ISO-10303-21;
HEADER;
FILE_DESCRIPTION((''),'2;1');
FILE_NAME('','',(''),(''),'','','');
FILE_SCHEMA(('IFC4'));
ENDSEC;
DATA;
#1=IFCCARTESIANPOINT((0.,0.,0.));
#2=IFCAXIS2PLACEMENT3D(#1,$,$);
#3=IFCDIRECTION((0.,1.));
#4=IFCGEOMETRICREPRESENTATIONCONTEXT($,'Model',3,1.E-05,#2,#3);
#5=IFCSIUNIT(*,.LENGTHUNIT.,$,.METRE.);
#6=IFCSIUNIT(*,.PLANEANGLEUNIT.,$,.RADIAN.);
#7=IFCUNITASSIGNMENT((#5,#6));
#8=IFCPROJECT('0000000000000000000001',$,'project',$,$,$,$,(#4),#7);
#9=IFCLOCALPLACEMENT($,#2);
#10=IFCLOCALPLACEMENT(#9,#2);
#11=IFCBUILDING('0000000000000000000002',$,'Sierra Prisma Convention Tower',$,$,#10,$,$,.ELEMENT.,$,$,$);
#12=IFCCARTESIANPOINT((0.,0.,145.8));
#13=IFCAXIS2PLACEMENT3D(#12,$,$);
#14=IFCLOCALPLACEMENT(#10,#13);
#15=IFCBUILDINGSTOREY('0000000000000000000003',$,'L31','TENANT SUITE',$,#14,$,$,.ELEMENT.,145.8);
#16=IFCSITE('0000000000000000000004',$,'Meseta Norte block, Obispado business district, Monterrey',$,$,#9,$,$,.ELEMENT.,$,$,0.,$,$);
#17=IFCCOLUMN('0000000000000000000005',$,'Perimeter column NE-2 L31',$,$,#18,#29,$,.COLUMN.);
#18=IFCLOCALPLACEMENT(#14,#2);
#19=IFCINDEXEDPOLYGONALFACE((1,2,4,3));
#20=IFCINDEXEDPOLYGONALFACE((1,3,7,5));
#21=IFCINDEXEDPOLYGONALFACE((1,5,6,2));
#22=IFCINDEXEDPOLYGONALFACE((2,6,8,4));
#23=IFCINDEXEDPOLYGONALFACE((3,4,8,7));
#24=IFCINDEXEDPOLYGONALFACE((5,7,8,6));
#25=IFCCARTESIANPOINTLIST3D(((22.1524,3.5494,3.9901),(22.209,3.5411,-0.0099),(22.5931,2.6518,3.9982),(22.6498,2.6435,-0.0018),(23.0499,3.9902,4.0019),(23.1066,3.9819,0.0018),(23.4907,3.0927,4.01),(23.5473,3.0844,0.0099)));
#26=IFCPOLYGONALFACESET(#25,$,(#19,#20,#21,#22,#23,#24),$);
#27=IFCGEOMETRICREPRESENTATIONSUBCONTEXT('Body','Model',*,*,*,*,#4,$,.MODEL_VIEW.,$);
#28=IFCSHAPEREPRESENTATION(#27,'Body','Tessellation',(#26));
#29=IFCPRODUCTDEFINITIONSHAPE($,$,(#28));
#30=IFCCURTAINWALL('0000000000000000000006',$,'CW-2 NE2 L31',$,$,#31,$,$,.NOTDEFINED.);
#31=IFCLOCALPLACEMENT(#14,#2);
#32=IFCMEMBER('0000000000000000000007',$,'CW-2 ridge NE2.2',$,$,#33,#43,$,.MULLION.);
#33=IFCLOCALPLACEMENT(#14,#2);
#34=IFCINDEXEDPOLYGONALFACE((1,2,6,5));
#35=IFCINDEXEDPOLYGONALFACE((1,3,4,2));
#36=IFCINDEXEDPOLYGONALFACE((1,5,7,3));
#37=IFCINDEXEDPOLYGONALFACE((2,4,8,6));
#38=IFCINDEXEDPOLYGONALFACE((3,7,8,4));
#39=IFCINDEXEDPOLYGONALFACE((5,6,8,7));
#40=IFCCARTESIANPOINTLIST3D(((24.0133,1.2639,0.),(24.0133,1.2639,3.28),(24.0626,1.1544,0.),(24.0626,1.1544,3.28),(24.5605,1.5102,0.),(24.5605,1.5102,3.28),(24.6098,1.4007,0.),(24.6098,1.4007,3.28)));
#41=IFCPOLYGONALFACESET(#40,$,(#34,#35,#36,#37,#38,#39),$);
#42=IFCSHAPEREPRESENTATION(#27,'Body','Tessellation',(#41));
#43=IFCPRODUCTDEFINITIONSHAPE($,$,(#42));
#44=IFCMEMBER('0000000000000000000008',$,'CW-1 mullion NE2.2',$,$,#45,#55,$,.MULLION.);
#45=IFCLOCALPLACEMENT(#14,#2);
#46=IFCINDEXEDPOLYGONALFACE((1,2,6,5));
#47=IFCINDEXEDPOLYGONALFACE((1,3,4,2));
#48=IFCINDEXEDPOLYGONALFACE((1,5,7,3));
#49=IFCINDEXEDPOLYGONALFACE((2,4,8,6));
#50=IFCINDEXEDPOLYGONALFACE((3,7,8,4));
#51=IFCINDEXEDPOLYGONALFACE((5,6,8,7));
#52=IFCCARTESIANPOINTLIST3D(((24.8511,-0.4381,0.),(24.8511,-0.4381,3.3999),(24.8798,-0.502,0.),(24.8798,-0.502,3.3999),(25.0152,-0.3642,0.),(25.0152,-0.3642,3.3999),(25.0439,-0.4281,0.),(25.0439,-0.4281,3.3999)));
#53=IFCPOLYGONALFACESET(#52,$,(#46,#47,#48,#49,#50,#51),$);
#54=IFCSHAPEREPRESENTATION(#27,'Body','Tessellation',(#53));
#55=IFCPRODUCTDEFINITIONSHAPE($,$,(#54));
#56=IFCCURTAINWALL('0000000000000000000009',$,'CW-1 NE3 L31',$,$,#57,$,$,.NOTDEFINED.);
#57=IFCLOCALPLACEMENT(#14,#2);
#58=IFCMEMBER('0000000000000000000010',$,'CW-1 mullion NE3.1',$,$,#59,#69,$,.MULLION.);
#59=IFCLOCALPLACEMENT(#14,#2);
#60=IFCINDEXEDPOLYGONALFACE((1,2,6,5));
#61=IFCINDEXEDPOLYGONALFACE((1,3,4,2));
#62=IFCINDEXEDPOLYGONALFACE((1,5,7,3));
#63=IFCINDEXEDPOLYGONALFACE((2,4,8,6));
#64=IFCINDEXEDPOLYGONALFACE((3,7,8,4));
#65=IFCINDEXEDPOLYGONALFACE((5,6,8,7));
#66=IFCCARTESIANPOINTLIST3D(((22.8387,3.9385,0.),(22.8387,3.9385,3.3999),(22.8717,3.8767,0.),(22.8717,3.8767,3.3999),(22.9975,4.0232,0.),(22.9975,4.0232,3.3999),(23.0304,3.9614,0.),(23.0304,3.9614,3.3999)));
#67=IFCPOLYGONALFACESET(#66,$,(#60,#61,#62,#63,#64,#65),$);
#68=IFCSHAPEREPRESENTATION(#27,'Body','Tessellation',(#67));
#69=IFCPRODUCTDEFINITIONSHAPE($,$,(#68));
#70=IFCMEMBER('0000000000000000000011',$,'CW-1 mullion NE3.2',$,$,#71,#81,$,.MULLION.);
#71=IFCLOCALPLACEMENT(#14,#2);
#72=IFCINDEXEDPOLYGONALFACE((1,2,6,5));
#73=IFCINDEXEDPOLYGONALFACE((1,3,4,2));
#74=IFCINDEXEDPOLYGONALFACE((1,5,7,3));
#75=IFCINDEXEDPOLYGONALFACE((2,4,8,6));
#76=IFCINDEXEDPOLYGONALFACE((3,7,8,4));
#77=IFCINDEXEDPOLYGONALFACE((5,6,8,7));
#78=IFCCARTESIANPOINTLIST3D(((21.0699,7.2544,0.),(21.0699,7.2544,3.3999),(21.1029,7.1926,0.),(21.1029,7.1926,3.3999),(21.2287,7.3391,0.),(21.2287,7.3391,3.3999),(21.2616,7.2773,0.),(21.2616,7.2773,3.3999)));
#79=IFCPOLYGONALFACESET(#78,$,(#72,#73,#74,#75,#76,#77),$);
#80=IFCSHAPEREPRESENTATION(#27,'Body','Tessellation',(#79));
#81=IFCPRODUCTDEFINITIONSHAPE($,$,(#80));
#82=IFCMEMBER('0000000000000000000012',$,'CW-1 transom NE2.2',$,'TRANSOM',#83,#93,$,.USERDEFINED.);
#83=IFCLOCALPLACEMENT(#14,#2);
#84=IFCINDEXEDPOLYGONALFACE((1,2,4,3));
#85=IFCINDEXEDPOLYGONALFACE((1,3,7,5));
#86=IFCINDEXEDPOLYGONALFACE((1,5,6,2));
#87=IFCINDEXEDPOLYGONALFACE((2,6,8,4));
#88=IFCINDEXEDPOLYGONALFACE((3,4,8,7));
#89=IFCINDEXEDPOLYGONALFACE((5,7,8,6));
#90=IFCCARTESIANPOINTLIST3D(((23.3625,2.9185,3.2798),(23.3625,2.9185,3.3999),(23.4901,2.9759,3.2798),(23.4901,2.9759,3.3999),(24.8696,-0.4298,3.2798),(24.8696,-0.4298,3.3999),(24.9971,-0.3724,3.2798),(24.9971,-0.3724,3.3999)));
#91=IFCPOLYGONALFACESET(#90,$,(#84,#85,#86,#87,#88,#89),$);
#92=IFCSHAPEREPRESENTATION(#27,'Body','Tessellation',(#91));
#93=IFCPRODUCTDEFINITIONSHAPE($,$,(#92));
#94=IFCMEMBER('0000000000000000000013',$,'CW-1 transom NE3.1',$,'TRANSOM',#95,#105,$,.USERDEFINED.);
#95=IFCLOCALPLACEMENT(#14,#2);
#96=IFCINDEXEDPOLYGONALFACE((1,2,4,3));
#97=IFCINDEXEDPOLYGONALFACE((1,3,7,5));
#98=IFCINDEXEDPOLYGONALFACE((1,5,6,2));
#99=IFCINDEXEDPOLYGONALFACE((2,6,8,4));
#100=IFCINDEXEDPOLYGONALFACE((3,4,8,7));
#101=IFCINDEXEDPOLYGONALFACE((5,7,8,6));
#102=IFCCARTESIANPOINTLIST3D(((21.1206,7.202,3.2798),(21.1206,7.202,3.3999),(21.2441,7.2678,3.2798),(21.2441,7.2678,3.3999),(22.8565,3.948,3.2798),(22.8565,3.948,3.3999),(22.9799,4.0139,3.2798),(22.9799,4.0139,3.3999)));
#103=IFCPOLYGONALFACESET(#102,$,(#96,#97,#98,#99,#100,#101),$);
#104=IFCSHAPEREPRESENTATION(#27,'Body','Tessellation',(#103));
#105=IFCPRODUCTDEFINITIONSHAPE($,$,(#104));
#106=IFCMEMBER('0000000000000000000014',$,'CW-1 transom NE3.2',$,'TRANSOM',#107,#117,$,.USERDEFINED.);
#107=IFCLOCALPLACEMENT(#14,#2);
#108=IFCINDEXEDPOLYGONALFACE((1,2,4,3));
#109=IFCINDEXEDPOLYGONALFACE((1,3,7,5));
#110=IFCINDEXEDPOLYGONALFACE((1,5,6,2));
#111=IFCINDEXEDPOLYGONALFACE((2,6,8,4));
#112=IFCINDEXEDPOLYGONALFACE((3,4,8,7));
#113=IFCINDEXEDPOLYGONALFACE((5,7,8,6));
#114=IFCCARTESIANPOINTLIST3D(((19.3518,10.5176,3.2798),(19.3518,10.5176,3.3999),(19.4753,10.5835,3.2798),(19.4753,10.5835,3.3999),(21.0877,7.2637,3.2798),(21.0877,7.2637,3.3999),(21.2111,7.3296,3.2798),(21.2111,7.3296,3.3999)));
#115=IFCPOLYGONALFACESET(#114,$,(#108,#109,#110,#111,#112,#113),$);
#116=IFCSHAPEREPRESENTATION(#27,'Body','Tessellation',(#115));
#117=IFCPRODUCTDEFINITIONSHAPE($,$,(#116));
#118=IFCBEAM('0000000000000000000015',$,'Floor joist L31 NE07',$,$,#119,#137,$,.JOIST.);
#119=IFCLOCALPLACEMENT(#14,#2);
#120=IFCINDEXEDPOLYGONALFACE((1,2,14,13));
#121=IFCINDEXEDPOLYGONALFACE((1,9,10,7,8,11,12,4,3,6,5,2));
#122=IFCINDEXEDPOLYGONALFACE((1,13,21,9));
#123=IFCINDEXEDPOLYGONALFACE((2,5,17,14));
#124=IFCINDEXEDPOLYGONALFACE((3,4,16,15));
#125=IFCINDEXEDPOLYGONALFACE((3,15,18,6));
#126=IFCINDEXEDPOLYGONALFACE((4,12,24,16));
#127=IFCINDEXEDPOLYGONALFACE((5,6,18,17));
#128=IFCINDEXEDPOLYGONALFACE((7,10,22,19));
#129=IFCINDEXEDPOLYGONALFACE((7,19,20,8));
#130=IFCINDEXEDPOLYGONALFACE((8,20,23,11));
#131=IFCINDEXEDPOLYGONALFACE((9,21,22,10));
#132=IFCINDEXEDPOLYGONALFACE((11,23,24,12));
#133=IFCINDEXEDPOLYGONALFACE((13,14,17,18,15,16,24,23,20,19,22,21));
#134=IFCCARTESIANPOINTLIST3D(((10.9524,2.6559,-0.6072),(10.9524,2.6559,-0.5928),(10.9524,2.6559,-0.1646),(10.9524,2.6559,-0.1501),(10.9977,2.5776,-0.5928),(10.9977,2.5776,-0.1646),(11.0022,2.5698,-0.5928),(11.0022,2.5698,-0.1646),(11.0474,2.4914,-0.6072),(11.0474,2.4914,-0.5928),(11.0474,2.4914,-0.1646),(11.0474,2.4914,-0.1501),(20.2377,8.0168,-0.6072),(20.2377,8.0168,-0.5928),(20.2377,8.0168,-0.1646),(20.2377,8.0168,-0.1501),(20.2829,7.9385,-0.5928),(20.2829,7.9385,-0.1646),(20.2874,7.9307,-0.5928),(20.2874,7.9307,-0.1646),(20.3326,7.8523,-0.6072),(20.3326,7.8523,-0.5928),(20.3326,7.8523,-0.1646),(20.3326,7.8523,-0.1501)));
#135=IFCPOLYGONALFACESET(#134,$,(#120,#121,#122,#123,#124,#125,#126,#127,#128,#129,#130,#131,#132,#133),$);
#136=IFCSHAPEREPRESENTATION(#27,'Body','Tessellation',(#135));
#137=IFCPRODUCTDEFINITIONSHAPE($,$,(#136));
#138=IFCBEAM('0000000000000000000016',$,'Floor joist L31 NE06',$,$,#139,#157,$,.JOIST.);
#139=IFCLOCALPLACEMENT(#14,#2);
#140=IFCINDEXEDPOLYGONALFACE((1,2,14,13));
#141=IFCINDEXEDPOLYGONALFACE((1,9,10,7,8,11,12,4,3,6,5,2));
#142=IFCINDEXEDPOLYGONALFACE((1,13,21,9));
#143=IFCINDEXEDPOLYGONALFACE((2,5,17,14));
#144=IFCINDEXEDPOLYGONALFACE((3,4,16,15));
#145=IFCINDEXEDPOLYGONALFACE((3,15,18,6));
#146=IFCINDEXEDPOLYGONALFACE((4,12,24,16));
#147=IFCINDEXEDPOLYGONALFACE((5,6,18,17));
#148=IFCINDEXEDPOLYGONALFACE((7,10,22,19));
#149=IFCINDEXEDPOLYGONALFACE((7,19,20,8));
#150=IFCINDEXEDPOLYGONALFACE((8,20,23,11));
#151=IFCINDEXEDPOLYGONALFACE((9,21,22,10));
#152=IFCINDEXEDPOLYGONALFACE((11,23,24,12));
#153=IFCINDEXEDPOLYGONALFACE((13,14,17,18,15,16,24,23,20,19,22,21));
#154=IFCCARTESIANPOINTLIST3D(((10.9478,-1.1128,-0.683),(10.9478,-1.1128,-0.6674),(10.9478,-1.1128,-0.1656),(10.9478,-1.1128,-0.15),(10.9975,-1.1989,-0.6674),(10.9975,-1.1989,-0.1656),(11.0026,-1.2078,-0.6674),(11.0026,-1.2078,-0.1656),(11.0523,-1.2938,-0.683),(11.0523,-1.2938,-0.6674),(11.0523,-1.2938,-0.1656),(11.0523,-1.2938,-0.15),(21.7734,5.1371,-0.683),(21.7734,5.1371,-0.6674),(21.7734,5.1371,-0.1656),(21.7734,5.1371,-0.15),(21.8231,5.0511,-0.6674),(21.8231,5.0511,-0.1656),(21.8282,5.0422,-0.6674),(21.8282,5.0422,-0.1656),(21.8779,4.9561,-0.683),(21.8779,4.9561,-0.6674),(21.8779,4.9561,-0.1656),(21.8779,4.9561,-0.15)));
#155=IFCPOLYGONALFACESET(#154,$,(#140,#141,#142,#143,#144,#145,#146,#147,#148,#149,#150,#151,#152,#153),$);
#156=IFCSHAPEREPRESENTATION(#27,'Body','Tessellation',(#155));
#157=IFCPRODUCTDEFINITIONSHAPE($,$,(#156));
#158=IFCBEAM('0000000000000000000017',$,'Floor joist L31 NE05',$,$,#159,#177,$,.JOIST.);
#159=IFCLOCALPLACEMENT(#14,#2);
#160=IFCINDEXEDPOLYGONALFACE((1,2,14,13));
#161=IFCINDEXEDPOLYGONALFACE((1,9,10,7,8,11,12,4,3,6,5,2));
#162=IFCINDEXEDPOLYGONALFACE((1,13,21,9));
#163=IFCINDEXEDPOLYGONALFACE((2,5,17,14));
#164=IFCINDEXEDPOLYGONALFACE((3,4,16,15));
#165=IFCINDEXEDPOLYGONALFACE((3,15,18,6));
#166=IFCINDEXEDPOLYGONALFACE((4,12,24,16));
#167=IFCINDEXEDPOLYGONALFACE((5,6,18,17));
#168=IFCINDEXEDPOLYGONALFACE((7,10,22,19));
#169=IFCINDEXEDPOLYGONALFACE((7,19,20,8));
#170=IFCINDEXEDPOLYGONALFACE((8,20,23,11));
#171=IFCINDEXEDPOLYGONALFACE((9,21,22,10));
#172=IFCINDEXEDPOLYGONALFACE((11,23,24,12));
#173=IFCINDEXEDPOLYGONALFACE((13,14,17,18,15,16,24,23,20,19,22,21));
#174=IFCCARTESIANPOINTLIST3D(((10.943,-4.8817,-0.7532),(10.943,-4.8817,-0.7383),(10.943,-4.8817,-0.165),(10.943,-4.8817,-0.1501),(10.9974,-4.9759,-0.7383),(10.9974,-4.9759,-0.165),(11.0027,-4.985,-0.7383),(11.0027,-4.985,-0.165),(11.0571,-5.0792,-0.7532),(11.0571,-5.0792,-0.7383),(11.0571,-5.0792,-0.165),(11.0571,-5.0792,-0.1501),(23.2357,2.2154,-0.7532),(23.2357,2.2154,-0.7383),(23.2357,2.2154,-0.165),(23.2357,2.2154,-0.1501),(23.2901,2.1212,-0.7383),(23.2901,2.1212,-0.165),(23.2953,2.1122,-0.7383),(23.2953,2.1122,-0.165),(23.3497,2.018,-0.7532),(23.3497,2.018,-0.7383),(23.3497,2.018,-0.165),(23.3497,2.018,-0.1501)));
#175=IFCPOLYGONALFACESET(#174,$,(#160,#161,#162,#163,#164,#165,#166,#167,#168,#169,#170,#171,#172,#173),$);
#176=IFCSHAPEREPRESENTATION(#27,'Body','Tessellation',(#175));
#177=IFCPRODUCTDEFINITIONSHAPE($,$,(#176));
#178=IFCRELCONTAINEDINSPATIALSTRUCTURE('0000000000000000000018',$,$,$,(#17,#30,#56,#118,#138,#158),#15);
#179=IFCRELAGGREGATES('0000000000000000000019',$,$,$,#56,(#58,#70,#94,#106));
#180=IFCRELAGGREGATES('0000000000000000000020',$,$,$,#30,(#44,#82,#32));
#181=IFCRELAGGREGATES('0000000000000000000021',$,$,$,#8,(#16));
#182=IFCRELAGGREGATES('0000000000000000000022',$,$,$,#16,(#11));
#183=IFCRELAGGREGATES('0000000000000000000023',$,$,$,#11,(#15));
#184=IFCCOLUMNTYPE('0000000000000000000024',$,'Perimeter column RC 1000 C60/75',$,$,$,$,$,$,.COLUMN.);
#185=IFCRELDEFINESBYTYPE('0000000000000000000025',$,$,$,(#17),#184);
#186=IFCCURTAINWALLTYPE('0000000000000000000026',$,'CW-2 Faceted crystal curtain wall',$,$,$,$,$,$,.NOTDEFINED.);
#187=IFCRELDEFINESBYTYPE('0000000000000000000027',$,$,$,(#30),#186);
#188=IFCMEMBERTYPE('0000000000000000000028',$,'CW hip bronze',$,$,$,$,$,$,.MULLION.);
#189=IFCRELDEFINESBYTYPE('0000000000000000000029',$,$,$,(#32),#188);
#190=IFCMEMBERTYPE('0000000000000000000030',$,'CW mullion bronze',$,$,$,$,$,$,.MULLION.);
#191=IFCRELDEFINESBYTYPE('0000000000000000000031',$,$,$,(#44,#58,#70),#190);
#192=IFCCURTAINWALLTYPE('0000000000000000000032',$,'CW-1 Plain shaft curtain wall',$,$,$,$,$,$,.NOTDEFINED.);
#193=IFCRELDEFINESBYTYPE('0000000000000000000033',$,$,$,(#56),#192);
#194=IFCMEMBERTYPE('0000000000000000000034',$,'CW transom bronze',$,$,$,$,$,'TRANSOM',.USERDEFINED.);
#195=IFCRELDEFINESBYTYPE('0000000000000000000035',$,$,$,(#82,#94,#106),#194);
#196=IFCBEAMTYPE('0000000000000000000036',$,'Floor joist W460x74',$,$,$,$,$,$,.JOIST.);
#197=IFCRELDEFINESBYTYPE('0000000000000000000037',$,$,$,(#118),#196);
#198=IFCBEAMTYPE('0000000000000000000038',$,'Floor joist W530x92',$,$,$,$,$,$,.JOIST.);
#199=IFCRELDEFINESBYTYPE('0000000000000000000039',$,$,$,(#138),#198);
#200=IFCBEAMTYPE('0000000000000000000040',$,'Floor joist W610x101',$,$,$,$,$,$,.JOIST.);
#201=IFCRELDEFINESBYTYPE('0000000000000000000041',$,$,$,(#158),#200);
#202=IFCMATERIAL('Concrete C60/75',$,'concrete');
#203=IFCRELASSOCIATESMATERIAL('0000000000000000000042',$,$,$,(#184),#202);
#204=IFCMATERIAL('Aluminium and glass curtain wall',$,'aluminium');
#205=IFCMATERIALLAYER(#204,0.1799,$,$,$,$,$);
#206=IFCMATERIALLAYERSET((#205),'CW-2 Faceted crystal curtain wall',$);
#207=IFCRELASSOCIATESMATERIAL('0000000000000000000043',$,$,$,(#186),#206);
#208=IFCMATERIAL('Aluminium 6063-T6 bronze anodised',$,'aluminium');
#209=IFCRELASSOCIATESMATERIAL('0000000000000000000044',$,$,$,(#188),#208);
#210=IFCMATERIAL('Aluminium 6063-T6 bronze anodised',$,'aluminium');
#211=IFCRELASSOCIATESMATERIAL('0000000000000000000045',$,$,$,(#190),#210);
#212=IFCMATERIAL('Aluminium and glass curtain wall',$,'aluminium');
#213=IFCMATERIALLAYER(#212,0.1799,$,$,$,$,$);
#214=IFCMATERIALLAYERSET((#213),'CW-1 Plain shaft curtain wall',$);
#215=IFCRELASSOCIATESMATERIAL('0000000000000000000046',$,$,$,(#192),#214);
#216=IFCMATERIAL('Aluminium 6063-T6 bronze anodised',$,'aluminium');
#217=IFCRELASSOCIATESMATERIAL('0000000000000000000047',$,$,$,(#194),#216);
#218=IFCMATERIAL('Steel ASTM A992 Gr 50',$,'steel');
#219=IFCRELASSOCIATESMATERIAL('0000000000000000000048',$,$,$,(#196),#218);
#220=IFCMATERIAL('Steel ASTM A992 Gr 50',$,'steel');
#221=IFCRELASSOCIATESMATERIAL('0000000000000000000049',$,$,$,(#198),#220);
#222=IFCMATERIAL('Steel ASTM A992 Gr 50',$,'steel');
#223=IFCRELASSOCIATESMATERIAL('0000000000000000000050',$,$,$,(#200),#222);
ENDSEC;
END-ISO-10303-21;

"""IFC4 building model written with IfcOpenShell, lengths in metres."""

from ifc_helpers import new_model, si_unit, direction, frame, origin, origin_2d, place, context, subcontext, project, spatial, rectangle, i_section, extrude, material, layer, layer_set, material_profile, profile_set, type_object, element, aggregate, save


model = new_model("IFC4")

# Units and contexts
model_context = context("Model", 3, precision=1e-05, world=origin(), true_north=direction((0.0, 1.0)))
body_context = subcontext(model_context, "Body", "Model", "MODEL_VIEW")
ifc_project = project(units=[si_unit("LENGTHUNIT", "METRE"), si_unit("PLANEANGLEUNIT", "RADIAN")], contexts=[model_context])

# Site, building, storey
site_placement = place(None, origin())
site = spatial("IfcSite", under=ifc_project, at=site_placement, Name="Meseta Norte block, Obispado business district, Monterrey", CompositionType="ELEMENT", RefElevation=0.0)
building_placement = place(site_placement, origin())
building = spatial("IfcBuilding", under=site, at=building_placement, Name="Sierra Prisma Convention Tower", CompositionType="ELEMENT")
storey_placement = place(building_placement, frame((0.0, 0.0, 145.8)))
storey = spatial("IfcBuildingStorey", under=building, at=storey_placement, Name="L31", Description="TENANT SUITE", CompositionType="ELEMENT", Elevation=145.8)

# Column
ifc_material_1 = material(Name="Concrete C60/75", Category="concrete")
ifc_material_profile_1 = material_profile(ifc_material_1, rectangle(XDim=1.0, YDim=1.0, at=origin_2d()), Name="Perimeter column RC 1000 C60/75")
ifc_profile_set_1 = profile_set([ifc_material_profile_1], Name="Concrete C60/75")
column_type = type_object("IfcColumnType", Name="Perimeter column RC 1000 C60/75", PredefinedType="COLUMN", material=ifc_profile_set_1)
column_placement = place(storey_placement, frame((22.8782, 3.3127, 0.0), z_axis=(-0.014159, 0.002075, 0.999898), x_axis=(-0.440741, 0.897598, -0.008104)))
element("IfcColumn", 1, at=column_placement, inside=storey, type_object=column_type, Name="Perimeter column NE-2 L31", PredefinedType="COLUMN", context=body_context, shape_type="SweptSolid", body=[
    extrude(rectangle(XDim=1.0, YDim=1.0, at=origin_2d()), origin(), (0.0, 0.0, 1.0), 4.0005),
])

# Curtain walls, members
ifc_material_2 = material(Name="Aluminium and glass curtain wall", Category="aluminium")
ifc_layer_1 = layer(ifc_material_2, 0.1799)
ifc_layer_set_1 = layer_set([ifc_layer_1], Name="CW-2 Faceted crystal curtain wall")
curtain_wall_type_1 = type_object("IfcCurtainWallType", Name="CW-2 Faceted crystal curtain wall", PredefinedType="NOTDEFINED", material=ifc_layer_set_1)
curtain_wall_1_placement = place(storey_placement, origin())
curtain_wall_1 = element("IfcCurtainWall", 2, at=curtain_wall_1_placement, inside=storey, type_object=curtain_wall_type_1, Name="CW-2 NE2 L31", PredefinedType="NOTDEFINED")
ifc_material_3 = material(Name="Aluminium 6063-T6 bronze anodised", Category="aluminium")
ifc_material_profile_2 = material_profile(ifc_material_3, rectangle(XDim=0.1201, YDim=0.6001, at=origin_2d()), Name="ALU RIDGE BLADE 120x600")
ifc_profile_set_2 = profile_set([ifc_material_profile_2], Name="Aluminium 6063-T6 bronze anodised")
member_type_1 = type_object("IfcMemberType", Name="CW hip bronze", PredefinedType="MULLION", material=ifc_profile_set_2)
member_1_placement = place(storey_placement, frame((24.3115, 1.3323, 0.0), z_axis=(0.0, 0.0, 1.0), x_axis=(-0.410416, 0.911898, 0.0)))
member_1 = element("IfcMember", 3, at=member_1_placement, type_object=member_type_1, Name="CW-2 ridge NE2.2", PredefinedType="MULLION", context=body_context, shape_type="SweptSolid", body=[
    extrude(rectangle(XDim=0.1201, YDim=0.6001, at=origin_2d()), origin(), (0.0, 0.0, 1.0), 3.28),
])
ifc_material_4 = material(Name="Aluminium 6063-T6 bronze anodised", Category="aluminium")
ifc_material_profile_3 = material_profile(ifc_material_4, rectangle(XDim=0.1799, YDim=0.0701, at=origin_2d()), Name="ALU MULLION 70x180")
ifc_profile_set_3 = profile_set([ifc_material_profile_3], Name="Aluminium 6063-T6 bronze anodised")
member_type_2 = type_object("IfcMemberType", Name="CW mullion bronze", PredefinedType="MULLION", material=ifc_profile_set_3)
member_2_placement = place(storey_placement, frame((24.9475, -0.4331, 0.0), z_axis=(0.0, 0.0, 1.0), x_axis=(-0.911898, -0.410416, 0.0)))
member_2 = element("IfcMember", 4, at=member_2_placement, type_object=member_type_2, Name="CW-1 mullion NE2.2", PredefinedType="MULLION", context=body_context, shape_type="SweptSolid", body=[
    extrude(rectangle(XDim=0.1799, YDim=0.0701, at=origin_2d()), origin(), (0.0, 0.0, 1.0), 3.3999),
])
ifc_material_5 = material(Name="Aluminium and glass curtain wall", Category="aluminium")
ifc_layer_2 = layer(ifc_material_5, 0.1799)
ifc_layer_set_2 = layer_set([ifc_layer_2], Name="CW-1 Plain shaft curtain wall")
curtain_wall_type_2 = type_object("IfcCurtainWallType", Name="CW-1 Plain shaft curtain wall", PredefinedType="NOTDEFINED", material=ifc_layer_set_2)
curtain_wall_2_placement = place(storey_placement, origin())
curtain_wall_2 = element("IfcCurtainWall", 5, at=curtain_wall_2_placement, inside=storey, type_object=curtain_wall_type_2, Name="CW-1 NE3 L31", PredefinedType="NOTDEFINED")
member_3_placement = place(storey_placement, frame((22.9346, 3.95, 0.0), z_axis=(0.0, 0.0, 1.0), x_axis=(-0.882316, -0.470658, 0.0)))
member_3 = element("IfcMember", 6, at=member_3_placement, type_object=member_type_2, Name="CW-1 mullion NE3.1", PredefinedType="MULLION", context=body_context, shape_type="SweptSolid", body=[
    extrude(rectangle(XDim=0.1799, YDim=0.0701, at=origin_2d()), origin(), (0.0, 0.0, 1.0), 3.3999),
])
member_4_placement = place(storey_placement, frame((21.1658, 7.2659, 0.0), z_axis=(0.0, 0.0, 1.0), x_axis=(-0.882316, -0.470658, 0.0)))
member_4 = element("IfcMember", 7, at=member_4_placement, type_object=member_type_2, Name="CW-1 mullion NE3.2", PredefinedType="MULLION", context=body_context, shape_type="SweptSolid", body=[
    extrude(rectangle(XDim=0.1799, YDim=0.0701, at=origin_2d()), origin(), (0.0, 0.0, 1.0), 3.3999),
])

# Members
ifc_material_6 = material(Name="Aluminium 6063-T6 bronze anodised", Category="aluminium")
ifc_material_profile_4 = material_profile(ifc_material_6, rectangle(XDim=0.1399, YDim=0.1201, at=origin_2d()), Name="ALU TRANSOM 120x140")
ifc_profile_set_4 = profile_set([ifc_material_profile_4], Name="Aluminium 6063-T6 bronze anodised")
member_type_3 = type_object("IfcMemberType", Name="CW transom bronze", ElementType="TRANSOM", PredefinedType="USERDEFINED", material=ifc_profile_set_4)
member_5_placement = place(storey_placement, frame((24.9333, -0.4011, 3.3398), z_axis=(-0.410434, 0.91189, 0.0), x_axis=(-0.91189, -0.410434, 0.0)))
member_5 = element("IfcMember", 8, at=member_5_placement, type_object=member_type_3, Name="CW-1 transom NE2.2", ObjectType="TRANSOM", PredefinedType="USERDEFINED", context=body_context, shape_type="SweptSolid", body=[
    extrude(rectangle(XDim=0.1399, YDim=0.1201, at=origin_2d()), origin(), (0.0, 0.0, 1.0), 3.6719),
])
member_6_placement = place(storey_placement, frame((22.9182, 3.981, 3.3398), z_axis=(-0.470678, 0.882305, 0.0), x_axis=(-0.882305, -0.470678, 0.0)))
member_6 = element("IfcMember", 9, at=member_6_placement, type_object=member_type_3, Name="CW-1 transom NE3.1", ObjectType="TRANSOM", PredefinedType="USERDEFINED", context=body_context, shape_type="SweptSolid", body=[
    extrude(rectangle(XDim=0.1399, YDim=0.1201, at=origin_2d()), origin(), (0.0, 0.0, 1.0), 3.688),
])
member_7_placement = place(storey_placement, frame((21.1494, 7.2966, 3.3398), z_axis=(-0.470678, 0.882305, 0.0), x_axis=(-0.882305, -0.470678, 0.0)))
member_7 = element("IfcMember", 10, at=member_7_placement, type_object=member_type_3, Name="CW-1 transom NE3.2", ObjectType="TRANSOM", PredefinedType="USERDEFINED", context=body_context, shape_type="SweptSolid", body=[
    extrude(rectangle(XDim=0.1399, YDim=0.1201, at=origin_2d()), origin(), (0.0, 0.0, 1.0), 3.688),
])

# Beams
ifc_material_7 = material(Name="Steel ASTM A992 Gr 50", Category="steel")
ifc_material_profile_5 = material_profile(ifc_material_7, i_section(OverallWidth=0.1899, OverallDepth=0.457, WebThickness=0.009, FlangeThickness=0.0144, at=origin_2d()), Name="W460x74")
ifc_profile_set_5 = profile_set([ifc_material_profile_5], Name="Steel ASTM A992 Gr 50")
beam_type_1 = type_object("IfcBeamType", Name="Floor joist W460x74", PredefinedType="JOIST", material=ifc_profile_set_5)
beam_1_placement = place(storey_placement, frame((20.2852, 7.9346, -0.3787), z_axis=(-0.866023, -0.500004, 0.0), x_axis=(0.500004, -0.866023, 0.0)))
element("IfcBeam", 11, at=beam_1_placement, inside=storey, type_object=beam_type_1, Name="Floor joist L31 NE07", PredefinedType="JOIST", context=body_context, shape_type="SweptSolid", body=[
    extrude(i_section(OverallWidth=0.1899, OverallDepth=0.457, WebThickness=0.009, FlangeThickness=0.0144, at=origin_2d()), origin(), (0.0, 0.0, 1.0), 10.7217),
])
ifc_material_8 = material(Name="Steel ASTM A992 Gr 50", Category="steel")
ifc_material_profile_6 = material_profile(ifc_material_8, i_section(OverallWidth=0.209, OverallDepth=0.533, WebThickness=0.0103, FlangeThickness=0.0156, at=origin_2d()), Name="W530x92")
ifc_profile_set_6 = profile_set([ifc_material_profile_6], Name="Steel ASTM A992 Gr 50")
beam_type_2 = type_object("IfcBeamType", Name="Floor joist W530x92", PredefinedType="JOIST", material=ifc_profile_set_6)
beam_2_placement = place(storey_placement, frame((21.8257, 5.0466, -0.4165), z_axis=(-0.866033, -0.499987, 0.0), x_axis=(0.499987, -0.866033, 0.0)))
element("IfcBeam", 12, at=beam_2_placement, inside=storey, type_object=beam_type_2, Name="Floor joist L31 NE06", PredefinedType="JOIST", context=body_context, shape_type="SweptSolid", body=[
    extrude(i_section(OverallWidth=0.209, OverallDepth=0.533, WebThickness=0.0103, FlangeThickness=0.0156, at=origin_2d()), origin(), (0.0, 0.0, 1.0), 12.5002),
])
ifc_material_9 = material(Name="Steel ASTM A992 Gr 50", Category="steel")
ifc_material_profile_7 = material_profile(ifc_material_9, i_section(OverallWidth=0.228, OverallDepth=0.603, WebThickness=0.0105, FlangeThickness=0.0149, at=origin_2d()), Name="W610x101")
ifc_profile_set_7 = profile_set([ifc_material_profile_7], Name="Steel ASTM A992 Gr 50")
beam_type_3 = type_object("IfcBeamType", Name="Floor joist W610x101", PredefinedType="JOIST", material=ifc_profile_set_7)
beam_3_placement = place(storey_placement, frame((23.2927, 2.1167, -0.4517), z_axis=(-0.866027, -0.499998, 0.0), x_axis=(0.499998, -0.866027, 0.0)))
element("IfcBeam", 13, at=beam_3_placement, inside=storey, type_object=beam_type_3, Name="Floor joist L31 NE05", PredefinedType="JOIST", context=body_context, shape_type="SweptSolid", body=[
    extrude(i_section(OverallWidth=0.228, OverallDepth=0.603, WebThickness=0.0105, FlangeThickness=0.0149, at=origin_2d()), origin(), (0.0, 0.0, 1.0), 14.1943),
])

aggregate(curtain_wall_2, [member_3, member_4, member_6, member_7])
aggregate(curtain_wall_1, [member_2, member_5, member_1])

save(model, "model.ifc")
